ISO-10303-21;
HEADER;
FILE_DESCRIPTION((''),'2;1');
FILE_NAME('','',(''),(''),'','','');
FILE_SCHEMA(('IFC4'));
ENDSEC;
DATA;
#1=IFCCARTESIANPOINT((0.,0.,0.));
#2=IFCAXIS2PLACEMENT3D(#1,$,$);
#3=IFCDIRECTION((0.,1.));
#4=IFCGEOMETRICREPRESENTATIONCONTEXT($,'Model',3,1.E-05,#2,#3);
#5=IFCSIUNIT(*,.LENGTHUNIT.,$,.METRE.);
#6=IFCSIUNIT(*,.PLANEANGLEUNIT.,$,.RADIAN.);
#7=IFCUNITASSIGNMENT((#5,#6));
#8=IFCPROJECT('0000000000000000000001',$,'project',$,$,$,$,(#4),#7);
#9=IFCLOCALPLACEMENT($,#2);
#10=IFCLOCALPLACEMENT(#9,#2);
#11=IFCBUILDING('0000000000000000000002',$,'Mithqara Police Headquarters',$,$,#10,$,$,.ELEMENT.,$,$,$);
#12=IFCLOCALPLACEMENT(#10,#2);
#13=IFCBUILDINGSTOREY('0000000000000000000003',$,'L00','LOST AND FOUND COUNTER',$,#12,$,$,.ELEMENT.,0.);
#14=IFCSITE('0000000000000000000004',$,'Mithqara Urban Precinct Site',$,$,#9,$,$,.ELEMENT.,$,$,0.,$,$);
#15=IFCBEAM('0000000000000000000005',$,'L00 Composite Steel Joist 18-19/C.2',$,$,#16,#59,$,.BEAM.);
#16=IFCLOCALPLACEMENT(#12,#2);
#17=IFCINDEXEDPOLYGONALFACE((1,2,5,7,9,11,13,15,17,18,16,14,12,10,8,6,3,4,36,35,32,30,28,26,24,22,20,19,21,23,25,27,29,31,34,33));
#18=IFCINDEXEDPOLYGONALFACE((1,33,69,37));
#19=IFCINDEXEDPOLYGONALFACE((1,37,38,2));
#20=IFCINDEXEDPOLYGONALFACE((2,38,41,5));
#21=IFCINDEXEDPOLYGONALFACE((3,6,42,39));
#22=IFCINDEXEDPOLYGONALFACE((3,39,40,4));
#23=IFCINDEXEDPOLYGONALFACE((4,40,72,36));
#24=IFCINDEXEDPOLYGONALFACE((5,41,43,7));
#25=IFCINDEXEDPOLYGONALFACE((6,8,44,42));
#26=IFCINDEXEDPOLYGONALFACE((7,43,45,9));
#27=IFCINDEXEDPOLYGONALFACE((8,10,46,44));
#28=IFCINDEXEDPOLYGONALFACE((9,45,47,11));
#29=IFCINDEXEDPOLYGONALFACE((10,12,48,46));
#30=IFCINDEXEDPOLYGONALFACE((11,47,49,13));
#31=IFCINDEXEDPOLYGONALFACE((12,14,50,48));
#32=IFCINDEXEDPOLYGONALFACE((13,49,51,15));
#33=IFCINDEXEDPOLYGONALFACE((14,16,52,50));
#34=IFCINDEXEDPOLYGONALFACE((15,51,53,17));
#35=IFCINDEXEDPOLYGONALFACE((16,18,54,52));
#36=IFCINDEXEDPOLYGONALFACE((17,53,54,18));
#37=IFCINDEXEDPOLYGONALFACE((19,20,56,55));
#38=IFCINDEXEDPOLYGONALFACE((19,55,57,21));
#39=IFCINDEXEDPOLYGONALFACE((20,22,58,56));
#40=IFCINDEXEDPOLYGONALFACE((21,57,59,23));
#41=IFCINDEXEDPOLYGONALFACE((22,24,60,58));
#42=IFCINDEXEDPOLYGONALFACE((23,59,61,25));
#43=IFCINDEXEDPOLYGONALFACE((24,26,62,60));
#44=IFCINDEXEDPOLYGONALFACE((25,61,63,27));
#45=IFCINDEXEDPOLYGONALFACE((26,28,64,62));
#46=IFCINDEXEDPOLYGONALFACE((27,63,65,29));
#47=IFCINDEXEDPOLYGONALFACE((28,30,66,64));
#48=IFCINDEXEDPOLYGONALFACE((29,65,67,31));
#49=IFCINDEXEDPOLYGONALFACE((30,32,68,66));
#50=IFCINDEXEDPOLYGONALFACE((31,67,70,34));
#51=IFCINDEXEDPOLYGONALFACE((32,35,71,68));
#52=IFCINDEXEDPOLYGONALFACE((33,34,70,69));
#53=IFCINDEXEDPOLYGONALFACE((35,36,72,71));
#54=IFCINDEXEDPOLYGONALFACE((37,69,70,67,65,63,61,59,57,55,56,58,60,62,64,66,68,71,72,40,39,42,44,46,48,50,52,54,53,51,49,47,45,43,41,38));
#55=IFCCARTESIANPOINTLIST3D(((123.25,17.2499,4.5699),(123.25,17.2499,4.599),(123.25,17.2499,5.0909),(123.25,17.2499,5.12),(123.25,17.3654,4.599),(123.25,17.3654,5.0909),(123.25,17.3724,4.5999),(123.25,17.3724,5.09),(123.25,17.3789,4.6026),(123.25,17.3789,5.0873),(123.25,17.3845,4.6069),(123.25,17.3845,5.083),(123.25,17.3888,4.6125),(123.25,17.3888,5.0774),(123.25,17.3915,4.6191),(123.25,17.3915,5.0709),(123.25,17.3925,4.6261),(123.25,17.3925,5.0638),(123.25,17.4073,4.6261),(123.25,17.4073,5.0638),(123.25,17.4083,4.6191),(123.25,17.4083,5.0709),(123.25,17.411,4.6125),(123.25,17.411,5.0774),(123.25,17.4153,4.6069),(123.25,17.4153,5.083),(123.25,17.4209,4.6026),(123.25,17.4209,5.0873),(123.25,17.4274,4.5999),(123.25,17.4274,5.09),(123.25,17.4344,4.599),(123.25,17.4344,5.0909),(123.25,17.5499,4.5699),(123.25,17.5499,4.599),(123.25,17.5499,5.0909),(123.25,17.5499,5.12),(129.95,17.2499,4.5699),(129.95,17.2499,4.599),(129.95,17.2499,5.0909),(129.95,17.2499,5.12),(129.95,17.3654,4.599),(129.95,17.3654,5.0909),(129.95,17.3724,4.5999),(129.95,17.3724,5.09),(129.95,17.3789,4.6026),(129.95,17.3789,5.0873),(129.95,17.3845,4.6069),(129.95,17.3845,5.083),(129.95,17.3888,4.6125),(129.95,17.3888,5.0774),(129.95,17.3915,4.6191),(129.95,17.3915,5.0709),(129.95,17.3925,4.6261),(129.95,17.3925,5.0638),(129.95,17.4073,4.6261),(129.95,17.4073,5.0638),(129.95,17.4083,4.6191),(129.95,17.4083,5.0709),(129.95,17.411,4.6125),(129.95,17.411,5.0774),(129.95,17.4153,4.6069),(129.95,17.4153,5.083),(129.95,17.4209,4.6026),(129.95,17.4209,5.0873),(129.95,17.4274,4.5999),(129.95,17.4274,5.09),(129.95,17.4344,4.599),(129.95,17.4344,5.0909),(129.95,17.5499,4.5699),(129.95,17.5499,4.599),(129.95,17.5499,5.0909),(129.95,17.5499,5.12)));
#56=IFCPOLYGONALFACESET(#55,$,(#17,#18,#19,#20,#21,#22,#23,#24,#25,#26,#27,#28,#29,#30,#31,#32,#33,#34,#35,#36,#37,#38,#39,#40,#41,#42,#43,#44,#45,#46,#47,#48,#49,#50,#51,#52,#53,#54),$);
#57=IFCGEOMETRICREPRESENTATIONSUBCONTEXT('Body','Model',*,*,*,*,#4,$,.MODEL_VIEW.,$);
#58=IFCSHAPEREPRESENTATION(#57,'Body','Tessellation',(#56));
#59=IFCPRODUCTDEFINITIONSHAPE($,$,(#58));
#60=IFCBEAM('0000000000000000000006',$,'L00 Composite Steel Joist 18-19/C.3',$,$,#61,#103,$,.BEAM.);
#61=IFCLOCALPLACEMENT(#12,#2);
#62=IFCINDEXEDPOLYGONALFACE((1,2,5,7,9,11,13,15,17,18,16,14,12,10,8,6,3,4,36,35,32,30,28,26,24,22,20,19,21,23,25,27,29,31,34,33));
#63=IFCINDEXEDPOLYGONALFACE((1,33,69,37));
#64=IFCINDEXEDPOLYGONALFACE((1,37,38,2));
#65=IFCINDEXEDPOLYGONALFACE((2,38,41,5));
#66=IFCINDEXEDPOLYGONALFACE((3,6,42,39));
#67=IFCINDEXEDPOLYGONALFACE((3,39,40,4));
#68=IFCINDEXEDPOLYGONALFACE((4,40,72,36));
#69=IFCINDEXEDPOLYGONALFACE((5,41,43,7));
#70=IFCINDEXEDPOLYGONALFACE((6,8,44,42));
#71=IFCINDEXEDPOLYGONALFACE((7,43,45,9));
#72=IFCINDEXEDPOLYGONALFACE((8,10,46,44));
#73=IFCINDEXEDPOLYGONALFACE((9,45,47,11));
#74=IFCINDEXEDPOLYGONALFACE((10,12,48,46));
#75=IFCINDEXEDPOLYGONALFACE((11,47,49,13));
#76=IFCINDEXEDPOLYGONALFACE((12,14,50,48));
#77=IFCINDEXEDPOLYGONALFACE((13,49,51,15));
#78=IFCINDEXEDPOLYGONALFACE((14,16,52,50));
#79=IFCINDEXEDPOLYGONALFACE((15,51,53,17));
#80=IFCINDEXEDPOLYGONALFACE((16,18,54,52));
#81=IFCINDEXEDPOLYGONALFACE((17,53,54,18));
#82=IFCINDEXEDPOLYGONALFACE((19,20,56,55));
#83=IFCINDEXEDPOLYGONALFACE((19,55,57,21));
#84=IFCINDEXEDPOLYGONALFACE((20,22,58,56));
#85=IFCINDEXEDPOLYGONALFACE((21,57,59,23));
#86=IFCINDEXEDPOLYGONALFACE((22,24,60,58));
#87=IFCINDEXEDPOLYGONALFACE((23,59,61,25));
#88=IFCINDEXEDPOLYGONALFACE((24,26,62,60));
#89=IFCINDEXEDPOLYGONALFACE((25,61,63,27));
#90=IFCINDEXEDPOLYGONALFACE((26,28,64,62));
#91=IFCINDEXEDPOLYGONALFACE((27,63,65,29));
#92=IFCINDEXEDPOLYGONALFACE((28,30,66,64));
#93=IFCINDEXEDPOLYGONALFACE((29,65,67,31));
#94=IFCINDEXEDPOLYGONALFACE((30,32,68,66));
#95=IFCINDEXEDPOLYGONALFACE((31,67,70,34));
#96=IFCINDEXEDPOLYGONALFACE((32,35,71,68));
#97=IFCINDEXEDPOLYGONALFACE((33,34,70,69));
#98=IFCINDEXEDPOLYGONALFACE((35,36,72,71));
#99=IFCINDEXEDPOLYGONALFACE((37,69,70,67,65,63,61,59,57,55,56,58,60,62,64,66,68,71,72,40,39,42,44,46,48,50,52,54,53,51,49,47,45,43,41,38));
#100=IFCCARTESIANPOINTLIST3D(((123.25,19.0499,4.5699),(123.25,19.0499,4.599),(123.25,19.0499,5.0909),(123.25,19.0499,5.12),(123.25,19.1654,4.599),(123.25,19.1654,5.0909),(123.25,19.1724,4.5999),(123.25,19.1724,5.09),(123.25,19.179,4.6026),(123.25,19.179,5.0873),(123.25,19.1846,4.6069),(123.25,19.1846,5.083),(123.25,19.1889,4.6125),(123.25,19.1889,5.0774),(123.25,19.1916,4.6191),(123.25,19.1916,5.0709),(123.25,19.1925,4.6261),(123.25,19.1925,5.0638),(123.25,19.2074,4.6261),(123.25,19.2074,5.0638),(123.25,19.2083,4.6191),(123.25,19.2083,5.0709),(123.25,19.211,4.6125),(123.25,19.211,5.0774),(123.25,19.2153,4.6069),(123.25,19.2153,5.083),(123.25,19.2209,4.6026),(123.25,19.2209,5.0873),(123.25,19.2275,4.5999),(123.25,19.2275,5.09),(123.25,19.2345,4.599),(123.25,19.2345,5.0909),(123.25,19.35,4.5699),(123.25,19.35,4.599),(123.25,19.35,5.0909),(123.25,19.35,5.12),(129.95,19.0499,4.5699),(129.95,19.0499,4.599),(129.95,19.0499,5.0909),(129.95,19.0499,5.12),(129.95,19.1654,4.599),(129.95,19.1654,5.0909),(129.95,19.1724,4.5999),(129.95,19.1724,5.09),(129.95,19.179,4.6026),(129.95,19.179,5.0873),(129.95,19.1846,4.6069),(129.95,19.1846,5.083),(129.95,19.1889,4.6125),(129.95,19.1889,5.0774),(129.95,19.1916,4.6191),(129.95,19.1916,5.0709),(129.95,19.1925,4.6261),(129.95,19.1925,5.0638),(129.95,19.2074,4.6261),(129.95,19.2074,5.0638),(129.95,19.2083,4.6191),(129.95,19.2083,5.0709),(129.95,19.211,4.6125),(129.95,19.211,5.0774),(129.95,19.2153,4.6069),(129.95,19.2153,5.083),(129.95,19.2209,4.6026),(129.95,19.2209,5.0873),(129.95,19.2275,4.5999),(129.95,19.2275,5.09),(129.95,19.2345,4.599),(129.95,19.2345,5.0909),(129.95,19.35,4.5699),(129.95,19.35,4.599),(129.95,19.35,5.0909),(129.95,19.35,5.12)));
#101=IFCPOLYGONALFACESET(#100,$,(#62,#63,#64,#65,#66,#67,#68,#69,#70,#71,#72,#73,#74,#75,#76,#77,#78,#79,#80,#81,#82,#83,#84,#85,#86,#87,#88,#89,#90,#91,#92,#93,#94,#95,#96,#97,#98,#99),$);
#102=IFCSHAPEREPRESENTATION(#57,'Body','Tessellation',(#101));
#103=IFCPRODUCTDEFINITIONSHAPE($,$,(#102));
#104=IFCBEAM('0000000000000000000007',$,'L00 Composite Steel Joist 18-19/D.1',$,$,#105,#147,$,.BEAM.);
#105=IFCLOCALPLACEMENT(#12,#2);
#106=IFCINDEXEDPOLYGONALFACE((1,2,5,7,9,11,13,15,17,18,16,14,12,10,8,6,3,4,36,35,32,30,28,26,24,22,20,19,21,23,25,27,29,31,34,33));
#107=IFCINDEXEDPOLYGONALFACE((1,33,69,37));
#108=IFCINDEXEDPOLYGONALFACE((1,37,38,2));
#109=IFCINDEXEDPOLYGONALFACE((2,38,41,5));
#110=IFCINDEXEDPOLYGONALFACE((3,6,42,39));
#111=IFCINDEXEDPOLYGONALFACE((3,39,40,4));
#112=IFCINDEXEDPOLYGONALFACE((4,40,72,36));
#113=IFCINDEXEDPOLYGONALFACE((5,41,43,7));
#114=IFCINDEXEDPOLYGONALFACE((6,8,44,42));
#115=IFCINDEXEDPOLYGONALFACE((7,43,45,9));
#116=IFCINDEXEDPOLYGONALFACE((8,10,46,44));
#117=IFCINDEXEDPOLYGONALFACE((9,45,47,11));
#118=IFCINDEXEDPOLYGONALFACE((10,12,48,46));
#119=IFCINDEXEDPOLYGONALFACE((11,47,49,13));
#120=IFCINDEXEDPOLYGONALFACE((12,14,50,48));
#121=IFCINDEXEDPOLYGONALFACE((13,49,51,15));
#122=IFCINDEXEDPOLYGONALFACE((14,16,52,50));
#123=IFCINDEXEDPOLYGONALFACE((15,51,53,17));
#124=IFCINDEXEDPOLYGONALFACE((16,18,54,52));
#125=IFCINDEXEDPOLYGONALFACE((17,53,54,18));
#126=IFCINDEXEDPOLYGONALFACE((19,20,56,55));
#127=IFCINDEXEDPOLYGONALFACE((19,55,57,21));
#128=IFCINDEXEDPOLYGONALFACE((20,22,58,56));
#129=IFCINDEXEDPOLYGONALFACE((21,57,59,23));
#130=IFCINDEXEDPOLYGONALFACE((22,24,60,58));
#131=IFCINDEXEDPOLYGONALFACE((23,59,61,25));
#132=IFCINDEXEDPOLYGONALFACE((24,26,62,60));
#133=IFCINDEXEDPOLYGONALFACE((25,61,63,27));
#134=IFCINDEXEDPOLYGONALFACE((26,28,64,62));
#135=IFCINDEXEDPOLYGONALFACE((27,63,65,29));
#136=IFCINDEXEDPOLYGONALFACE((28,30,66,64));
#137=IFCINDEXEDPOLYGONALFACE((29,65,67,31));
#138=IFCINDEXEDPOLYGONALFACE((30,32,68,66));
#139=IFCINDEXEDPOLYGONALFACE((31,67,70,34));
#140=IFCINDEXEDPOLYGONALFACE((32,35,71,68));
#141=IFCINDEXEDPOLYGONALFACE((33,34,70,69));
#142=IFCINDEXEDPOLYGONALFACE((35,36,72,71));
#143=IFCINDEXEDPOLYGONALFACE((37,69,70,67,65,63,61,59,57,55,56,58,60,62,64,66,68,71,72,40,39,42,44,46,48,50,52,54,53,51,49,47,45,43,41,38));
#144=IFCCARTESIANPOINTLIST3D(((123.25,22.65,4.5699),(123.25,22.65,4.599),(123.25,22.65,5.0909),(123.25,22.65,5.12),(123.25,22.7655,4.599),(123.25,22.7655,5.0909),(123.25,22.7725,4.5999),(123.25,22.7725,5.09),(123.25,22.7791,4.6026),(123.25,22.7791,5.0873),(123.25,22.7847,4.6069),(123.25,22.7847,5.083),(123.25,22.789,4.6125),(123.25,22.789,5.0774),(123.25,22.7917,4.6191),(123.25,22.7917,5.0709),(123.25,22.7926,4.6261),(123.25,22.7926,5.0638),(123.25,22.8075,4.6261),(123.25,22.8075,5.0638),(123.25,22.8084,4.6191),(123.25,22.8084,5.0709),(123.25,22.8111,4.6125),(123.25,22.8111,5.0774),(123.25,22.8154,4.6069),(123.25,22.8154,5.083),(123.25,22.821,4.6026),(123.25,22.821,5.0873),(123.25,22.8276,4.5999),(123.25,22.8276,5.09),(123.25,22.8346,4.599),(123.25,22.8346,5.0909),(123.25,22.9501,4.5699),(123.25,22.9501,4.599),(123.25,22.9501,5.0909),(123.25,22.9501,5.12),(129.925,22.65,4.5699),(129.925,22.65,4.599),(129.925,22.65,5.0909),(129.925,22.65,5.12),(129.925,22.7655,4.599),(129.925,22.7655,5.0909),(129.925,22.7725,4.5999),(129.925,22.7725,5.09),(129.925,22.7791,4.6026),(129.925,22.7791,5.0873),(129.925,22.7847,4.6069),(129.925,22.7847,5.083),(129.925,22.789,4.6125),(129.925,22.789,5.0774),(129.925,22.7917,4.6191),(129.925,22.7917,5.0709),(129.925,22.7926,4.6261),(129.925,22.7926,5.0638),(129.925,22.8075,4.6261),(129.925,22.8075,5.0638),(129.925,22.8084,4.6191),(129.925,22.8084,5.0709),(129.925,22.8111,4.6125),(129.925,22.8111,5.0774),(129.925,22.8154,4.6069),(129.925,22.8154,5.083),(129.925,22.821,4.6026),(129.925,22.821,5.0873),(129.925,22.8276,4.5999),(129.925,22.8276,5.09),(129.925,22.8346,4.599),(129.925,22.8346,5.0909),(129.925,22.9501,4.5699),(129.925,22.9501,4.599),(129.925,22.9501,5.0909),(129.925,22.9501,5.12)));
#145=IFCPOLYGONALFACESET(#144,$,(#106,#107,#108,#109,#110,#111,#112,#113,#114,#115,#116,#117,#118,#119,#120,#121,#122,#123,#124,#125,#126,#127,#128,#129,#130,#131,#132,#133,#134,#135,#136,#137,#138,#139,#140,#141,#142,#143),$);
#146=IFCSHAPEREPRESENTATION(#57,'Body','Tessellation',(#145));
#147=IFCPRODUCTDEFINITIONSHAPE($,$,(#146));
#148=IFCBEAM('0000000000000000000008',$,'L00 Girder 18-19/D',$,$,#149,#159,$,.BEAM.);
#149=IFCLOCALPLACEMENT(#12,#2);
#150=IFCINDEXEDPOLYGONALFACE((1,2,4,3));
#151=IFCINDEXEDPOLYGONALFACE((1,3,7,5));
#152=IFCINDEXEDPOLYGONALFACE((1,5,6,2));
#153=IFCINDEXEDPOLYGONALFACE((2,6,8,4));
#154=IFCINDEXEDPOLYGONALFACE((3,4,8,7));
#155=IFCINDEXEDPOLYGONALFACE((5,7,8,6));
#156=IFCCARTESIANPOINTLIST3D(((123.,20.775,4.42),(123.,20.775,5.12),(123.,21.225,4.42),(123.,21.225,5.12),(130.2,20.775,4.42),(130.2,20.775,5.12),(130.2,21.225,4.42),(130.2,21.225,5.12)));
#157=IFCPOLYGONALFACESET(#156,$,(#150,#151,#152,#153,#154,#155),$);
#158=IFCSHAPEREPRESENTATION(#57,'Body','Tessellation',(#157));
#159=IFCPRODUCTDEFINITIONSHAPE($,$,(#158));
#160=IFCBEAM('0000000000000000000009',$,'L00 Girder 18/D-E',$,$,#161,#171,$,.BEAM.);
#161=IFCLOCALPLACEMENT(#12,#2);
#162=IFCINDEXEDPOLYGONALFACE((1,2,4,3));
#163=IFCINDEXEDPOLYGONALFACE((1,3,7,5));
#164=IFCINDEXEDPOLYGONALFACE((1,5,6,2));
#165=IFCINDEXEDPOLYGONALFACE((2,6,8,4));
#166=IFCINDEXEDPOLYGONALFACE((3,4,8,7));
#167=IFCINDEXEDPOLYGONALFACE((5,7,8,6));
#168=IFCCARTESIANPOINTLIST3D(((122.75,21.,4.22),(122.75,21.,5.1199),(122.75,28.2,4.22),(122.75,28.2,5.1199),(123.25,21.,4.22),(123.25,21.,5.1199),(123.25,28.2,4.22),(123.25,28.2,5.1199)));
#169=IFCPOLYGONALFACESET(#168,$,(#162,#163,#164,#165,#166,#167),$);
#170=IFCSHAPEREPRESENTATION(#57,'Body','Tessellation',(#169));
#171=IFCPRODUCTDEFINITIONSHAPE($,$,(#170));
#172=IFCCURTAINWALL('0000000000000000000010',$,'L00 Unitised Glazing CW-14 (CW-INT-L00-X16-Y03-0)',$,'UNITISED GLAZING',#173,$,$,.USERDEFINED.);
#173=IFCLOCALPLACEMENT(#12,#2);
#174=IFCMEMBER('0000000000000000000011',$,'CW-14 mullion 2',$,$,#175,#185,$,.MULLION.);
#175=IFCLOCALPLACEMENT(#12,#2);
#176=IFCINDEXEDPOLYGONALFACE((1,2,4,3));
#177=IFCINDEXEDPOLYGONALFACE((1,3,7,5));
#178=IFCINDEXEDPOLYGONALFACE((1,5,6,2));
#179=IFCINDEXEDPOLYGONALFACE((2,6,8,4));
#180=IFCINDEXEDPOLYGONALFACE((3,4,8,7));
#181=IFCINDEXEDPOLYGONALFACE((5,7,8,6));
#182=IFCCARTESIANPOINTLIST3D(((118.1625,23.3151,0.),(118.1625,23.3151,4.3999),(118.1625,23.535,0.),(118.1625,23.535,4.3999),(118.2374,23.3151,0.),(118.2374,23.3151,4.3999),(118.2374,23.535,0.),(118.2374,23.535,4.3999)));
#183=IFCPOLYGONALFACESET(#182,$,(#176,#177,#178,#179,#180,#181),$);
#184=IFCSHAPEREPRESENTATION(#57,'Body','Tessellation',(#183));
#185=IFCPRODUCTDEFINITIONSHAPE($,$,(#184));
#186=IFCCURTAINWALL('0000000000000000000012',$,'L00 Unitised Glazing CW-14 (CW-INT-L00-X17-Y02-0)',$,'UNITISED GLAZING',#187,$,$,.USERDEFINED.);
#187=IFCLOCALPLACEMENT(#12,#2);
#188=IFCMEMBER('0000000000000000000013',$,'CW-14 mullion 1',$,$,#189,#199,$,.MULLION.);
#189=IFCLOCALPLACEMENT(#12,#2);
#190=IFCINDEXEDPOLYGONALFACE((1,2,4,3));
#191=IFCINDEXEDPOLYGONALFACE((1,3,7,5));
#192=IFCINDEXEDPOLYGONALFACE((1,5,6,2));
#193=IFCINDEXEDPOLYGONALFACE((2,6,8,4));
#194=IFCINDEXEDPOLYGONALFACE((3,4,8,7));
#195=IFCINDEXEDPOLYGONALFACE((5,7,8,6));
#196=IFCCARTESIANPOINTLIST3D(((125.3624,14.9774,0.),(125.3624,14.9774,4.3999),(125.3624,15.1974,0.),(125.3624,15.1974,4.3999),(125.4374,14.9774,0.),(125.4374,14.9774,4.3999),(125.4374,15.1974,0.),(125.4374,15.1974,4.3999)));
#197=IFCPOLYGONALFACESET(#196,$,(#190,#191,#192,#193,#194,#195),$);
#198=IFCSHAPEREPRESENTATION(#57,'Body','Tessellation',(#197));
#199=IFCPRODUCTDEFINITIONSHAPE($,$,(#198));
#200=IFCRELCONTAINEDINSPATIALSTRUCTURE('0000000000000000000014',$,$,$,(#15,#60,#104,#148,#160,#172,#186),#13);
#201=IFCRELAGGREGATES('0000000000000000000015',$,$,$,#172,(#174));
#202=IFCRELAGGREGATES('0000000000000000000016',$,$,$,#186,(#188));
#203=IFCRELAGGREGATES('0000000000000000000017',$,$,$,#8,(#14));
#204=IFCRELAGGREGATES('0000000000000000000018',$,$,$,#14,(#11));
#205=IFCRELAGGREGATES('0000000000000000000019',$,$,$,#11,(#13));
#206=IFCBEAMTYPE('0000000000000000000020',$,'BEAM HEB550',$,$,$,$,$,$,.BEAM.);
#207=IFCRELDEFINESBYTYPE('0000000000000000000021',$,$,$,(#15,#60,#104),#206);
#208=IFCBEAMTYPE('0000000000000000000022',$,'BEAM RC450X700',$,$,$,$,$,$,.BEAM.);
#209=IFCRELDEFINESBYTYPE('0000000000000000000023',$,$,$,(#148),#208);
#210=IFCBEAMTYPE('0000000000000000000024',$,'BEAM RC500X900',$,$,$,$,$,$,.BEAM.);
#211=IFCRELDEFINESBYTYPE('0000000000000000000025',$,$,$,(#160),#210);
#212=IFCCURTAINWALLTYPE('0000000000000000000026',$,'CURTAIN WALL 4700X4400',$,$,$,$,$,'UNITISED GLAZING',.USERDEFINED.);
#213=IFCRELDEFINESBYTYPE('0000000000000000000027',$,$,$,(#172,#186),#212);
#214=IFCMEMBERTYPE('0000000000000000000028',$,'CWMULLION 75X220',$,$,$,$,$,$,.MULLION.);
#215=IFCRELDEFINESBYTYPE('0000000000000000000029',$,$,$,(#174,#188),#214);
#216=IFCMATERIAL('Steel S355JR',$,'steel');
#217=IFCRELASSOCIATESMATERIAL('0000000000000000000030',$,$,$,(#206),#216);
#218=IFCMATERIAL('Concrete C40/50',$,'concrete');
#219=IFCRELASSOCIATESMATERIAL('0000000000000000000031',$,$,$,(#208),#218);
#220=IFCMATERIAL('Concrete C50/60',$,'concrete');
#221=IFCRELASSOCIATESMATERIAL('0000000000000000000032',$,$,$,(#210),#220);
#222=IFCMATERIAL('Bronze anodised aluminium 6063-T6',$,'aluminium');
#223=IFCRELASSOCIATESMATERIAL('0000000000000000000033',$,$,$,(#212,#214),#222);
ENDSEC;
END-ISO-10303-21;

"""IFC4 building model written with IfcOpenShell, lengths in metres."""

from ifc_helpers import new_model, si_unit, direction, frame, origin, origin_2d, place, context, subcontext, project, spatial, rectangle, i_section, extrude, material, material_profile, profile_set, type_object, element, aggregate, save


model = new_model("IFC4")

# Units and contexts
model_context = context("Model", 3, precision=1e-05, world=origin(), true_north=direction((0.0, 1.0)))
body_context = subcontext(model_context, "Body", "Model", "MODEL_VIEW")
ifc_project = project(units=[si_unit("LENGTHUNIT", "METRE"), si_unit("PLANEANGLEUNIT", "RADIAN")], contexts=[model_context])

# Site, building, storey
site_placement = place(None, origin())
site = spatial("IfcSite", under=ifc_project, at=site_placement, Name="Mithqara Urban Precinct Site", CompositionType="ELEMENT", RefElevation=0.0)
building_placement = place(site_placement, origin())
building = spatial("IfcBuilding", under=site, at=building_placement, Name="Mithqara Police Headquarters", CompositionType="ELEMENT")
storey_placement = place(building_placement, origin())
storey = spatial("IfcBuildingStorey", under=building, at=storey_placement, Name="L00", Description="LOST AND FOUND COUNTER", CompositionType="ELEMENT", Elevation=0.0)

# Shared definitions
ifc_material_1 = material(Name="Concrete C40/50", Category="concrete")

# Shared definitions
ifc_material_2 = material(Name="Concrete C50/60", Category="concrete")

# Beams
ifc_material_3 = material(Name="Steel S355JR", Category="steel")
ifc_material_profile_1 = material_profile(ifc_material_3, i_section(OverallWidth=0.3, OverallDepth=0.55, WebThickness=0.0149, FlangeThickness=0.0291, FilletRadius=0.0271, at=origin_2d()), Name="HEB 550")
ifc_profile_set_1 = profile_set([ifc_material_profile_1], Name="Steel S355JR")
beam_type_1 = type_object("IfcBeamType", Name="BEAM HEB550", PredefinedType="BEAM", material=ifc_profile_set_1)
for number, where, z_axis, x_axis, name in (
    (1, (123.25, 17.3999, 4.845), (1.0, 0.0, 0.0), (0.0, 1.0, 0.0), "L00 Composite Steel Joist 18-19/C.2"),
    (2, (123.25, 19.2, 4.845), (1.0, 0.0, 0.0), (0.0, 1.0, 0.0), "L00 Composite Steel Joist 18-19/C.3"),
):
    element("IfcBeam", number, at=place(storey_placement, frame(where, z_axis=z_axis, x_axis=x_axis)), inside=storey, type_object=beam_type_1, Name=name, PredefinedType="BEAM", context=body_context, shape_type="SweptSolid", body=[
        extrude(i_section(OverallWidth=0.3, OverallDepth=0.55, WebThickness=0.0149, FlangeThickness=0.0291, FilletRadius=0.0271, at=origin_2d()), origin(), (0.0, 0.0, 1.0), 6.7),
    ])
beam_1_placement = place(storey_placement, frame((123.25, 22.8, 4.845), z_axis=(1.0, 0.0, 0.0), x_axis=(0.0, 1.0, 0.0)))
element("IfcBeam", 3, at=beam_1_placement, inside=storey, type_object=beam_type_1, Name="L00 Composite Steel Joist 18-19/D.1", PredefinedType="BEAM", context=body_context, shape_type="SweptSolid", body=[
    extrude(i_section(OverallWidth=0.3, OverallDepth=0.55, WebThickness=0.0149, FlangeThickness=0.0291, FilletRadius=0.0271, at=origin_2d()), origin(), (0.0, 0.0, 1.0), 6.675),
])
ifc_material_profile_2 = material_profile(ifc_material_1, rectangle(XDim=0.45, YDim=0.7, at=origin_2d()), Name="RC 450x700")
ifc_profile_set_2 = profile_set([ifc_material_profile_2], Name="Concrete C40/50")
beam_type_2 = type_object("IfcBeamType", Name="BEAM RC450X700", PredefinedType="BEAM", material=ifc_profile_set_2)
beam_2_placement = place(storey_placement, frame((123.0, 21.0, 4.77), z_axis=(1.0, 0.0, 0.0), x_axis=(0.0, 1.0, 0.0)))
element("IfcBeam", 4, at=beam_2_placement, inside=storey, type_object=beam_type_2, Name="L00 Girder 18-19/D", PredefinedType="BEAM", context=body_context, shape_type="SweptSolid", body=[
    extrude(rectangle(XDim=0.45, YDim=0.7, at=origin_2d()), origin(), (0.0, 0.0, 1.0), 7.2),
])
ifc_material_profile_3 = material_profile(ifc_material_2, rectangle(XDim=0.5, YDim=0.8999, at=origin_2d()), Name="RC 500x900")
ifc_profile_set_3 = profile_set([ifc_material_profile_3], Name="Concrete C50/60")
beam_type_3 = type_object("IfcBeamType", Name="BEAM RC500X900", PredefinedType="BEAM", material=ifc_profile_set_3)
beam_3_placement = place(storey_placement, frame((123.0, 21.0, 4.6699), z_axis=(0.0, 1.0, 0.0), x_axis=(-1.0, 0.0, 0.0)))
element("IfcBeam", 5, at=beam_3_placement, inside=storey, type_object=beam_type_3, Name="L00 Girder 18/D-E", PredefinedType="BEAM", context=body_context, shape_type="SweptSolid", body=[
    extrude(rectangle(XDim=0.5, YDim=0.8999, at=origin_2d()), origin(), (0.0, 0.0, 1.0), 7.2),
])

# Curtain wall, member
ifc_material_4 = material(Name="Bronze anodised aluminium 6063-T6", Category="aluminium")
curtain_wall_type = type_object("IfcCurtainWallType", Name="CURTAIN WALL 4700X4400", ElementType="UNITISED GLAZING", PredefinedType="USERDEFINED", material=ifc_material_4)
curtain_wall_1_placement = place(storey_placement, origin())
curtain_wall_1 = element("IfcCurtainWall", 6, at=curtain_wall_1_placement, inside=storey, type_object=curtain_wall_type, Name="L00 Unitised Glazing CW-14 (CW-INT-L00-X16-Y03-0)", ObjectType="UNITISED GLAZING", PredefinedType="USERDEFINED")
ifc_material_profile_4 = material_profile(ifc_material_4, rectangle(XDim=0.075, YDim=0.22, at=origin_2d()), Name="CWM 75x220")
ifc_profile_set_4 = profile_set([ifc_material_profile_4], Name="Bronze anodised aluminium 6063-T6")
member_type_1 = type_object("IfcMemberType", Name="CWMULLION 75X220", PredefinedType="MULLION", material=ifc_profile_set_4)
member_1_placement = place(storey_placement, frame((118.2, 23.425, 0.0), z_axis=(0.0, 0.0, 1.0), x_axis=(-1.0, 0.0, 0.0)))
member_1 = element("IfcMember", 7, at=member_1_placement, type_object=member_type_1, Name="CW-14 mullion 2", PredefinedType="MULLION", context=body_context, shape_type="SweptSolid", body=[
    extrude(rectangle(XDim=0.075, YDim=0.22, at=origin_2d()), origin(), (0.0, 0.0, 1.0), 4.3999),
])

# Curtain wall, member
curtain_wall_2_placement = place(storey_placement, origin())
curtain_wall_2 = element("IfcCurtainWall", 8, at=curtain_wall_2_placement, inside=storey, type_object=curtain_wall_type, Name="L00 Unitised Glazing CW-14 (CW-INT-L00-X17-Y02-0)", ObjectType="UNITISED GLAZING", PredefinedType="USERDEFINED")
member_2_placement = place(storey_placement, frame((125.3999, 15.0874, 0.0), z_axis=(0.0, 0.0, 1.0), x_axis=(-1.0, 0.0, 0.0)))
member_2 = element("IfcMember", 9, at=member_2_placement, type_object=member_type_1, Name="CW-14 mullion 1", PredefinedType="MULLION", context=body_context, shape_type="SweptSolid", body=[
    extrude(rectangle(XDim=0.075, YDim=0.22, at=origin_2d()), origin(), (0.0, 0.0, 1.0), 4.3999),
])

aggregate(curtain_wall_1, [member_1])
aggregate(curtain_wall_2, [member_2])

save(model, "model.ifc")
